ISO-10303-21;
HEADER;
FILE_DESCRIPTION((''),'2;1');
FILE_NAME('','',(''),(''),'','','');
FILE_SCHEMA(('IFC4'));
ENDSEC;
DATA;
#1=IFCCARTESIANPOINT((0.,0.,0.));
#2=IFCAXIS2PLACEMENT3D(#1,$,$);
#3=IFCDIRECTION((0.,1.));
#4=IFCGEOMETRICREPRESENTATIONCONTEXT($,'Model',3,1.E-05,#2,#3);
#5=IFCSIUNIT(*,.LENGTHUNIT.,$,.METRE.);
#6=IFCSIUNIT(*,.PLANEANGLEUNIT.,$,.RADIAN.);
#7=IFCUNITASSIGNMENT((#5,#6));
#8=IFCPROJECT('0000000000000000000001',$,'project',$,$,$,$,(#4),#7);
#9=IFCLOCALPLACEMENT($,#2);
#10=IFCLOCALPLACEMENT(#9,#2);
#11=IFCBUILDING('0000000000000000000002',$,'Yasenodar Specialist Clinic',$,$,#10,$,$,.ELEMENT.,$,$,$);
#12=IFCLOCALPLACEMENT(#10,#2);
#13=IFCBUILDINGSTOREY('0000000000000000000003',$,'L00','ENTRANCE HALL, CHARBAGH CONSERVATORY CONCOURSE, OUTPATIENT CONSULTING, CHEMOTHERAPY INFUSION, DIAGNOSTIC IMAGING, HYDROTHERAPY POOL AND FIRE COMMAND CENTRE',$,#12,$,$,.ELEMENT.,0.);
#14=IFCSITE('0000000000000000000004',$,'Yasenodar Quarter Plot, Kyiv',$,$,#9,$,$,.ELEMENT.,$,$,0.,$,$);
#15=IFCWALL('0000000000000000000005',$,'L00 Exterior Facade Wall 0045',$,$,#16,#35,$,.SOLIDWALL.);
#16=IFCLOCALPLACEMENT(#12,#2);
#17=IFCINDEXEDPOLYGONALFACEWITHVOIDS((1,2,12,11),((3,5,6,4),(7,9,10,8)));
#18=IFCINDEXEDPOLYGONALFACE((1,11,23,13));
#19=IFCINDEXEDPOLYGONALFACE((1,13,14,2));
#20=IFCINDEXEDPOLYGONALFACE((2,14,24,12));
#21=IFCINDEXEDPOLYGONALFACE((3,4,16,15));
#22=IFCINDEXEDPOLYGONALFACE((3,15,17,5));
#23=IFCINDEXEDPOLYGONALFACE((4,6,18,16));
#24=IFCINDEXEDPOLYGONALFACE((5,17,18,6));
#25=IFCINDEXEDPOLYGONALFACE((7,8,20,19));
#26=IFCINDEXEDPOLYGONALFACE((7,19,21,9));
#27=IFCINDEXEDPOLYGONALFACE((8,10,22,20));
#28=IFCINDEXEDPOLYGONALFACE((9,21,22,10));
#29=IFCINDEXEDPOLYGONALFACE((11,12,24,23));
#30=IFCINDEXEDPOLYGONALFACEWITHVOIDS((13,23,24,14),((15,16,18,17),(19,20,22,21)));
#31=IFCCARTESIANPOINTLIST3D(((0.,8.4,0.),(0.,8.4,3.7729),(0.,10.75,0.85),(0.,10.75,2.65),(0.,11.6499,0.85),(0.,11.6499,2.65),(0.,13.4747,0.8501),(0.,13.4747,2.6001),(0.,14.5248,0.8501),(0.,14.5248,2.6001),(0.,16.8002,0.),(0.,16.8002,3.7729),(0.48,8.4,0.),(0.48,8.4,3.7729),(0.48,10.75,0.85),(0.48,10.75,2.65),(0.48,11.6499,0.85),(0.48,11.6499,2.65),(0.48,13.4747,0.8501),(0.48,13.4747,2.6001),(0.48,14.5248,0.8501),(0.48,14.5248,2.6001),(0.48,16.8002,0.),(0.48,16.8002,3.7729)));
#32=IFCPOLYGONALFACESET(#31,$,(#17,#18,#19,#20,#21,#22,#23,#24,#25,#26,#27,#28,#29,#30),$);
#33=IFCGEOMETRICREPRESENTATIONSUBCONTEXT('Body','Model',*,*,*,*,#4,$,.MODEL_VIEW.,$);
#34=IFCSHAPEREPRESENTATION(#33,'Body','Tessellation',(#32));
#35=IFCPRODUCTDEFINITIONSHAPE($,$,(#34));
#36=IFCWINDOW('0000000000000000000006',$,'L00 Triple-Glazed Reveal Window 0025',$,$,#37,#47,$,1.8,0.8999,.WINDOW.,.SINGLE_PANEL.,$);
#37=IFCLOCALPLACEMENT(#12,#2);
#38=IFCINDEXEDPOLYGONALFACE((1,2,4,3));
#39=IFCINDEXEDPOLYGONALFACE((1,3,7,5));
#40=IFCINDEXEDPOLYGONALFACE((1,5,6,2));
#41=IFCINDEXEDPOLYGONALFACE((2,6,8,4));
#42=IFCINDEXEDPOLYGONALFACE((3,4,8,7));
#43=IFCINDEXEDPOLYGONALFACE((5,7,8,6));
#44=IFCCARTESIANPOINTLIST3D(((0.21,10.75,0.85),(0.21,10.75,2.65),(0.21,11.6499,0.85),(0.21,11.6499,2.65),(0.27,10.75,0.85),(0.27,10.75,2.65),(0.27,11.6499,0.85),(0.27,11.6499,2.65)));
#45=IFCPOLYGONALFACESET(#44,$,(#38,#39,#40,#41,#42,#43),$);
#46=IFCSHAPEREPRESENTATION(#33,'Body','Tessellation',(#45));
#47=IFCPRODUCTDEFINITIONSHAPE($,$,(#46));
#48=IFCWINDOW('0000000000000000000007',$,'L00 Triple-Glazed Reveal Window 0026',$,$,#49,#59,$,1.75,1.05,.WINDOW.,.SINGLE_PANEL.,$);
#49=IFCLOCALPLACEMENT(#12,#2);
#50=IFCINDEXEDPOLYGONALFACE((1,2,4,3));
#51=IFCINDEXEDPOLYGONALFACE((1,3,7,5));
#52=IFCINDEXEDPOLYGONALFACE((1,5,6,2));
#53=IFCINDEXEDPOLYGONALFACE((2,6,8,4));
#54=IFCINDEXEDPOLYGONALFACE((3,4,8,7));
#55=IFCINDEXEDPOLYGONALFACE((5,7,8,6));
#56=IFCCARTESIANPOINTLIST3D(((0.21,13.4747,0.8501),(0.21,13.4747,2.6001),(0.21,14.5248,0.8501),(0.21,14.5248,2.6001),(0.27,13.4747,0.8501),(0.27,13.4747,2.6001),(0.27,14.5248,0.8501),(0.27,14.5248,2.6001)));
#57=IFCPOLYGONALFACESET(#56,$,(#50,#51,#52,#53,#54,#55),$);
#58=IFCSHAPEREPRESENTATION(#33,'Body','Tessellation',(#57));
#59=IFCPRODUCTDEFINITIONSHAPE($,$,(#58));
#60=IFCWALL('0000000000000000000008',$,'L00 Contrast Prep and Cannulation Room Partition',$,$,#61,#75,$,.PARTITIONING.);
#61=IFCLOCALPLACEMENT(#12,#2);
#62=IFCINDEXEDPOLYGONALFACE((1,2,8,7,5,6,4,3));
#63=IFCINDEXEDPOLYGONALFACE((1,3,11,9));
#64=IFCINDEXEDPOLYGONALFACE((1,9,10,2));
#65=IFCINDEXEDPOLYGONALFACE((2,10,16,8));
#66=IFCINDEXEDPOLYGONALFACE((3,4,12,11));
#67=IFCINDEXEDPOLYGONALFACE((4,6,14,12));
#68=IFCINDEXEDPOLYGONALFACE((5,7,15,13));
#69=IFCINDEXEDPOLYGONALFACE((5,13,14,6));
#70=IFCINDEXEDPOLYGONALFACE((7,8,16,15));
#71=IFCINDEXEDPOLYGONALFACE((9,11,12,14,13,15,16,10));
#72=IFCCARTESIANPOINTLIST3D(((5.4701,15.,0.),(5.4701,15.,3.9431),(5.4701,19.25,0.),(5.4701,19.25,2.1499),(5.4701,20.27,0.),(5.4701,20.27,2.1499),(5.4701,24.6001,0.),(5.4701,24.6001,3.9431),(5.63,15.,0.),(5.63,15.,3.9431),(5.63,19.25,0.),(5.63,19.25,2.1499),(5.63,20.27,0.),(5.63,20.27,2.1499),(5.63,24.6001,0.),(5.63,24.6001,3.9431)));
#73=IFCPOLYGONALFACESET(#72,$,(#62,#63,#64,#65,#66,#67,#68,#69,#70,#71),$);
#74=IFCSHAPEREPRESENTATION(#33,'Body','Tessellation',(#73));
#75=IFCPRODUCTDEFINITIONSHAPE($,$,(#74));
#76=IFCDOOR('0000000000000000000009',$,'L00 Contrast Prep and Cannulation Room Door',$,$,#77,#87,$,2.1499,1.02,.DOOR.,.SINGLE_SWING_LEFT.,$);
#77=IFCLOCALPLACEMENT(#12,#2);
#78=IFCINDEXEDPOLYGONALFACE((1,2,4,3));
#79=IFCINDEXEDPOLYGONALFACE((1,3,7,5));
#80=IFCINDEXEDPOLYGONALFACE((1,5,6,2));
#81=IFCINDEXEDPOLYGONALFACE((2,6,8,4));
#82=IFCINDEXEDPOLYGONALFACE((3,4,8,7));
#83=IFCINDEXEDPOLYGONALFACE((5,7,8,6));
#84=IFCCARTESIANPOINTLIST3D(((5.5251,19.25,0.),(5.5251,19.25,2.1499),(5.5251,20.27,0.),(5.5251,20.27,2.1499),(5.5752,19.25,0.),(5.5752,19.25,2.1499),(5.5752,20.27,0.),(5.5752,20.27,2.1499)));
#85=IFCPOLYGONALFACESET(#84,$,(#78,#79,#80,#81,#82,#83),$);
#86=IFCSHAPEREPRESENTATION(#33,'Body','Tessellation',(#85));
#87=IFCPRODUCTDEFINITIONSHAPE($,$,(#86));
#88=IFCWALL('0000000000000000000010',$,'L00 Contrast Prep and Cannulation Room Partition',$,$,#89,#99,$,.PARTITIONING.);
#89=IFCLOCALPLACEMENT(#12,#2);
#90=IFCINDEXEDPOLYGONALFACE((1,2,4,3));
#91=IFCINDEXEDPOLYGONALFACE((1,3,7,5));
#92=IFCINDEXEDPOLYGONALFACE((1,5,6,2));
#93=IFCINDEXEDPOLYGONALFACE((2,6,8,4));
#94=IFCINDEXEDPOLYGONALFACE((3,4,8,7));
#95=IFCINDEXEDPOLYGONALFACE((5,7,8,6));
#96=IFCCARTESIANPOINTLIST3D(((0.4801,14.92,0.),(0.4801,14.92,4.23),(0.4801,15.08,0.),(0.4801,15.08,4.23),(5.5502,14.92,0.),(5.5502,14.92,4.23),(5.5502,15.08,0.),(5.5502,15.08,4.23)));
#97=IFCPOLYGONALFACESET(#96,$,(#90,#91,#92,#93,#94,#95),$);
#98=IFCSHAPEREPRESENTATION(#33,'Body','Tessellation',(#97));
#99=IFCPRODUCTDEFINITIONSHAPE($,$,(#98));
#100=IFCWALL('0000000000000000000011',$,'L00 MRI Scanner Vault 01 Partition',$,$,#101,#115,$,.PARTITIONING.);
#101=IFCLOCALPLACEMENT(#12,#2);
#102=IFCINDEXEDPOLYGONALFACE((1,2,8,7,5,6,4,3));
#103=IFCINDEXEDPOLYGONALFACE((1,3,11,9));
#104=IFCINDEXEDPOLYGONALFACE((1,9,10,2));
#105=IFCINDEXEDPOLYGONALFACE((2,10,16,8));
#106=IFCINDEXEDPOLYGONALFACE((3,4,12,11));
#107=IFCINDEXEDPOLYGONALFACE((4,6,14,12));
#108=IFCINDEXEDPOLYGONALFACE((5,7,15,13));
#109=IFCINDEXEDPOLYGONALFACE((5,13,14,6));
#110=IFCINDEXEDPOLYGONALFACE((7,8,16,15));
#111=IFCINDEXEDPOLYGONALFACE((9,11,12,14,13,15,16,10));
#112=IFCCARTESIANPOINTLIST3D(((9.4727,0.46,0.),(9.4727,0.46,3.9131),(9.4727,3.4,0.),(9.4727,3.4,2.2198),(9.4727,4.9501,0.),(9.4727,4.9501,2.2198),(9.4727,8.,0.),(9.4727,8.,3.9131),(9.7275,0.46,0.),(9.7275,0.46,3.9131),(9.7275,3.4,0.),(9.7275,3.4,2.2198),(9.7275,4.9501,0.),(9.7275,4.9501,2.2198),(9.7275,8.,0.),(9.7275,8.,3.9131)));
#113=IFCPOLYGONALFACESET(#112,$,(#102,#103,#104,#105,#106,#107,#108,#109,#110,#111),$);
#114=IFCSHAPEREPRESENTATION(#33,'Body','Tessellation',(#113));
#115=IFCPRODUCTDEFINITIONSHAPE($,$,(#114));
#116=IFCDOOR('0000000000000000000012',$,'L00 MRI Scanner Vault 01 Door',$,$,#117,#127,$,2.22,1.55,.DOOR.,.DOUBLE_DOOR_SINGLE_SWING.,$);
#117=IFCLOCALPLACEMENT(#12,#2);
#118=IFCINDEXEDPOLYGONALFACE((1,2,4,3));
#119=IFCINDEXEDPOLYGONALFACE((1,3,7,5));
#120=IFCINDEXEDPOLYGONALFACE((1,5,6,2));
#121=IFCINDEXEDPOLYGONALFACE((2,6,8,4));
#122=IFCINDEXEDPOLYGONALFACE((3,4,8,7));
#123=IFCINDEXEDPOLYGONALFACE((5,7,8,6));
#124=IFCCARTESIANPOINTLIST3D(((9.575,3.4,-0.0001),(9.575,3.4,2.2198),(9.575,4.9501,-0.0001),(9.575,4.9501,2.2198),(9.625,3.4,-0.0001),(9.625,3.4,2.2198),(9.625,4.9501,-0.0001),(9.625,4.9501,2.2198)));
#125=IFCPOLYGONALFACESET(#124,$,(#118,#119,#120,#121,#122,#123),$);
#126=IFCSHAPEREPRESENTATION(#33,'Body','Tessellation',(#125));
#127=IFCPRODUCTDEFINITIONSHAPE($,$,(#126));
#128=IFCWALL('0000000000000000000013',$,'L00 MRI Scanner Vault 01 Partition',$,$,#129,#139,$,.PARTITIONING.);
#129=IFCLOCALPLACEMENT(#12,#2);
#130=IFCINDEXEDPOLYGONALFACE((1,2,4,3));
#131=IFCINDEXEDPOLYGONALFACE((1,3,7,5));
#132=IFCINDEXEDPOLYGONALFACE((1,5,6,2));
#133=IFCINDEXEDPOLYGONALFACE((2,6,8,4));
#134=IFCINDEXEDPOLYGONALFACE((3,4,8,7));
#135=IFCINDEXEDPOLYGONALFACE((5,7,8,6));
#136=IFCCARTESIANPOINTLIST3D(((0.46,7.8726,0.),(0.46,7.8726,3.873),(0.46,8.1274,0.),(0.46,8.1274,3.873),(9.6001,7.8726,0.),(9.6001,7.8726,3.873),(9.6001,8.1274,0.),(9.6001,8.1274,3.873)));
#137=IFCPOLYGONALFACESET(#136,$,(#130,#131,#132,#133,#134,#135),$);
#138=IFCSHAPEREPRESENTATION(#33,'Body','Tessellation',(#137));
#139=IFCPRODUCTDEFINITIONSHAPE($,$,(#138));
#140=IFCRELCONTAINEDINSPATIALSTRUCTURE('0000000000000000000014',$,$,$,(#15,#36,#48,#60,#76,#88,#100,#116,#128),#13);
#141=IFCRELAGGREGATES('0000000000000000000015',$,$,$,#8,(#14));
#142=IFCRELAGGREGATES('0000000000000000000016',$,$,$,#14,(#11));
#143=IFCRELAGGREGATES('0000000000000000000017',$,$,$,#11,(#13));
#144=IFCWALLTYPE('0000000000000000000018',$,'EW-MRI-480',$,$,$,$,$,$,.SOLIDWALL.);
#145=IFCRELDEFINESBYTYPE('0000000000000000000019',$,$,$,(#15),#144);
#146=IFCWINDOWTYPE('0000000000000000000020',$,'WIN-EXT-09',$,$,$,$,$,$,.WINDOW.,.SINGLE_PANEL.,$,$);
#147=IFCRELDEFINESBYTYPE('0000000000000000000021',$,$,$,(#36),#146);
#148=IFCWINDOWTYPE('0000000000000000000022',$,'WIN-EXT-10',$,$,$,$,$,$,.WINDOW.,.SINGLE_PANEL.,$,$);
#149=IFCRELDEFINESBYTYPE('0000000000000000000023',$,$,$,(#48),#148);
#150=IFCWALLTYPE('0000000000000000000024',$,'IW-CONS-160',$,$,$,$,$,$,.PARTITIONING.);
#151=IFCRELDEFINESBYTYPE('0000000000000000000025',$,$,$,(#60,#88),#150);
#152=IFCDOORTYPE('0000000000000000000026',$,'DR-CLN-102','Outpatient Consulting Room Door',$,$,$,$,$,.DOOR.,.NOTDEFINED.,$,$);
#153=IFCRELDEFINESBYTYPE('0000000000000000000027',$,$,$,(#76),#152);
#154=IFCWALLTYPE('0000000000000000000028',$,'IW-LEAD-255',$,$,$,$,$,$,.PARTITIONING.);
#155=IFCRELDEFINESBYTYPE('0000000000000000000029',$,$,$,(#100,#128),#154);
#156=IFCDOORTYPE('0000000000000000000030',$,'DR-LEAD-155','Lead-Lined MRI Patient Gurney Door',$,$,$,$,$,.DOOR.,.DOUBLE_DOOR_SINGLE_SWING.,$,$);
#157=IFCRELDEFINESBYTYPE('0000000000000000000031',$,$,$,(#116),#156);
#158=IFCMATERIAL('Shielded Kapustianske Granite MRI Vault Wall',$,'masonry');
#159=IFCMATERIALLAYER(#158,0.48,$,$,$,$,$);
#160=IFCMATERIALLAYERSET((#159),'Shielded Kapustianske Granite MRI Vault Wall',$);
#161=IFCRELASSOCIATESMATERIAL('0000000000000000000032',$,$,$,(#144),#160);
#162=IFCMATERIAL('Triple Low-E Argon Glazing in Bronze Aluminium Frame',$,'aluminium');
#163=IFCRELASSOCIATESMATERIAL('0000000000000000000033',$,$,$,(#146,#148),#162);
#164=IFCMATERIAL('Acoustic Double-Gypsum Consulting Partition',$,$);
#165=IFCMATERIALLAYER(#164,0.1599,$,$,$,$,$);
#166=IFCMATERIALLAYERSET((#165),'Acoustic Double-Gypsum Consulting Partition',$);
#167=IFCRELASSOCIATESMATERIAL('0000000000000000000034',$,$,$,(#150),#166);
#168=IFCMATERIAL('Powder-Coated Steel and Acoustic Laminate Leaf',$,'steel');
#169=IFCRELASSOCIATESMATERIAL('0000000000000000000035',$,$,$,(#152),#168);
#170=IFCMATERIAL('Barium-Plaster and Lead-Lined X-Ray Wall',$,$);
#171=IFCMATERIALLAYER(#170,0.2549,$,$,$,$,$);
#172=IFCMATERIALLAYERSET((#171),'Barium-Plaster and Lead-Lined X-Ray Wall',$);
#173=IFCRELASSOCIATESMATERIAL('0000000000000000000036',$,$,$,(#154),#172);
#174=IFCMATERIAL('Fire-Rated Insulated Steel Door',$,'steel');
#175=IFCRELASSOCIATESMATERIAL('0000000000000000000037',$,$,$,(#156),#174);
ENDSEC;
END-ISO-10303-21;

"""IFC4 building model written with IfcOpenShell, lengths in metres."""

from ifc_helpers import new_model, si_unit, direction, frame, frame_2d, origin, place, context, subcontext, project, spatial, rectangle, extrude, material, layer, layer_set, type_object, element, fill, save


model = new_model("IFC4")

# Units and contexts
model_context = context("Model", 3, precision=1e-05, world=origin(), true_north=direction((0.0, 1.0)))
body_context = subcontext(model_context, "Body", "Model", "MODEL_VIEW")
ifc_project = project(units=[si_unit("LENGTHUNIT", "METRE"), si_unit("PLANEANGLEUNIT", "RADIAN")], contexts=[model_context])

# Site, building, storey
site_placement = place(None, origin())
site = spatial("IfcSite", under=ifc_project, at=site_placement, Name="Yasenodar Quarter Plot, Kyiv", CompositionType="ELEMENT", RefElevation=0.0)
building_placement = place(site_placement, origin())
building = spatial("IfcBuilding", under=site, at=building_placement, Name="Yasenodar Specialist Clinic", CompositionType="ELEMENT")
storey_placement = place(building_placement, origin())
storey = spatial("IfcBuildingStorey", under=building, at=storey_placement, Name="L00", Description="ENTRANCE HALL, CHARBAGH CONSERVATORY CONCOURSE, OUTPATIENT CONSULTING, CHEMOTHERAPY INFUSION, DIAGNOSTIC IMAGING, HYDROTHERAPY POOL AND FIRE COMMAND CENTRE", CompositionType="ELEMENT", Elevation=0.0)

# Shared definitions
ifc_material_1 = material(Name="Shielded Kapustianske Granite MRI Vault Wall", Category="masonry")
ifc_layer_1 = layer(ifc_material_1, 0.48)
ifc_layer_set_1 = layer_set([ifc_layer_1], Name="Shielded Kapustianske Granite MRI Vault Wall")
wall_type_1 = type_object("IfcWallType", Name="EW-MRI-480", PredefinedType="SOLIDWALL", material=ifc_layer_set_1)

# Wall, openings, windows
wall_1_placement = place(storey_placement, frame((0.24, 8.3999, 0.0), z_axis=(0.0, 0.0, 1.0), x_axis=(0.0, 1.0, 0.0)))
wall_1 = element("IfcWall", 1, at=wall_1_placement, inside=storey, type_object=wall_type_1, Name="L00 Exterior Facade Wall 0045", PredefinedType="SOLIDWALL", context=body_context, shape_type="SweptSolid", body=[
    extrude(rectangle(XDim=8.4001, YDim=0.48, at=frame_2d((4.2002, 0.0))), origin(), (0.0, 0.0, 1.0), 3.7729),
])
opening_1_placement = place(wall_1_placement, frame((2.3501, 0.0, 0.8501)))
opening_1 = element("IfcOpeningElement", 2, at=opening_1_placement, cuts=wall_1, PredefinedType="OPENING", context=body_context, shape_type="SweptSolid", body=[
    extrude(rectangle(XDim=0.8999, YDim=1.8, at=frame_2d((0.45, 0.8999))), frame((0.0, 0.25, 0.0), z_axis=(0.0, -1.0, 0.0), x_axis=(1.0, 0.0, 0.0)), (0.0, 0.0, 1.0), 0.5),
])
opening_2_placement = place(wall_1_placement, frame((5.075, 0.0, 0.8501)))
opening_2 = element("IfcOpeningElement", 3, at=opening_2_placement, cuts=wall_1, PredefinedType="OPENING", context=body_context, shape_type="SweptSolid", body=[
    extrude(rectangle(XDim=1.05, YDim=1.75, at=frame_2d((0.5249, 0.875))), frame((0.0, 0.25, 0.0), z_axis=(0.0, -1.0, 0.0), x_axis=(1.0, 0.0, 0.0)), (0.0, 0.0, 1.0), 0.5),
])
ifc_material_2 = material(Name="Triple Low-E Argon Glazing in Bronze Aluminium Frame", Category="aluminium")
window_type_1 = type_object("IfcWindowType", Name="WIN-EXT-09", PartitioningType="SINGLE_PANEL", PredefinedType="WINDOW", material=ifc_material_2)
window_1_placement = place(opening_1_placement, origin())
window_1 = element("IfcWindow", 4, at=window_1_placement, inside=storey, type_object=window_type_1, Name="L00 Triple-Glazed Reveal Window 0025", OverallHeight=1.8, OverallWidth=0.8999, PartitioningType="SINGLE_PANEL", PredefinedType="WINDOW", context=body_context, shape_type="SweptSolid", body=[
    extrude(rectangle(XDim=0.8999, YDim=1.8, at=frame_2d((0.45, 0.8999))), frame((0.0, 0.03, 0.0), z_axis=(0.0, -1.0, 0.0), x_axis=(1.0, 0.0, 0.0)), (0.0, 0.0, 1.0), 0.0601),
])
fill(opening_1, window_1)
window_type_2 = type_object("IfcWindowType", Name="WIN-EXT-10", PartitioningType="SINGLE_PANEL", PredefinedType="WINDOW", material=ifc_material_2)
window_2_placement = place(opening_2_placement, origin())
window_2 = element("IfcWindow", 5, at=window_2_placement, inside=storey, type_object=window_type_2, Name="L00 Triple-Glazed Reveal Window 0026", OverallHeight=1.75, OverallWidth=1.05, PartitioningType="SINGLE_PANEL", PredefinedType="WINDOW", context=body_context, shape_type="SweptSolid", body=[
    extrude(rectangle(XDim=1.05, YDim=1.75, at=frame_2d((0.5249, 0.875))), frame((0.0, 0.03, 0.0), z_axis=(0.0, -1.0, 0.0), x_axis=(1.0, 0.0, 0.0)), (0.0, 0.0, 1.0), 0.0601),
])
fill(opening_2, window_2)

# Wall, opening, door
ifc_material_3 = material(Name="Acoustic Double-Gypsum Consulting Partition")
ifc_layer_2 = layer(ifc_material_3, 0.1599)
ifc_layer_set_2 = layer_set([ifc_layer_2], Name="Acoustic Double-Gypsum Consulting Partition")
wall_type_2 = type_object("IfcWallType", Name="IW-CONS-160", PredefinedType="PARTITIONING", material=ifc_layer_set_2)
wall_2_placement = place(storey_placement, frame((5.55, 15.0, 0.0), z_axis=(0.0, 0.0, 1.0), x_axis=(0.0, 1.0, 0.0)))
wall_2 = element("IfcWall", 6, at=wall_2_placement, inside=storey, type_object=wall_type_2, Name="L00 Contrast Prep and Cannulation Room Partition", PredefinedType="PARTITIONING", context=body_context, shape_type="SweptSolid", body=[
    extrude(rectangle(XDim=9.6001, YDim=0.1599, at=frame_2d((4.8, 0.0))), origin(), (0.0, 0.0, 1.0), 3.9431),
])
opening_3_placement = place(wall_2_placement, frame((4.25, 0.0, 0.0)))
opening_3 = element("IfcOpeningElement", 7, at=opening_3_placement, cuts=wall_2, PredefinedType="OPENING", context=body_context, shape_type="SweptSolid", body=[
    extrude(rectangle(XDim=1.02, YDim=2.1499, at=frame_2d((0.51, 1.075))), frame((0.0, 0.0898, 0.0), z_axis=(0.0, -1.0, 0.0), x_axis=(1.0, 0.0, 0.0)), (0.0, 0.0, 1.0), 0.1799),
])
ifc_material_4 = material(Name="Powder-Coated Steel and Acoustic Laminate Leaf", Category="steel")
door_type_1 = type_object("IfcDoorType", Name="DR-CLN-102", Description="Outpatient Consulting Room Door", OperationType="NOTDEFINED", PredefinedType="DOOR", material=ifc_material_4)
door_1_placement = place(opening_3_placement, origin())
door_1 = element("IfcDoor", 8, at=door_1_placement, inside=storey, type_object=door_type_1, Name="L00 Contrast Prep and Cannulation Room Door", OperationType="SINGLE_SWING_LEFT", OverallHeight=2.1499, OverallWidth=1.02, PredefinedType="DOOR", context=body_context, shape_type="SweptSolid", body=[
    extrude(rectangle(XDim=1.02, YDim=2.1499, at=frame_2d((0.51, 1.075))), frame((0.0, 0.0249, 0.0), z_axis=(0.0, -1.0, 0.0), x_axis=(1.0, 0.0, 0.0)), (0.0, 0.0, 1.0), 0.05),
])
fill(opening_3, door_1)

# Wall
wall_3_placement = place(storey_placement, frame((0.48, 15.0, 0.0), z_axis=(0.0, 0.0, 1.0), x_axis=(1.0, 0.0, 0.0)))
element("IfcWall", 9, at=wall_3_placement, inside=storey, type_object=wall_type_2, Name="L00 Contrast Prep and Cannulation Room Partition", PredefinedType="PARTITIONING", context=body_context, shape_type="SweptSolid", body=[
    extrude(rectangle(XDim=5.0701, YDim=0.1599, at=frame_2d((2.5352, 0.0))), origin(), (0.0, 0.0, 1.0), 4.23),
])

# Wall, opening, door
ifc_material_5 = material(Name="Barium-Plaster and Lead-Lined X-Ray Wall")
ifc_layer_3 = layer(ifc_material_5, 0.2549)
ifc_layer_set_3 = layer_set([ifc_layer_3], Name="Barium-Plaster and Lead-Lined X-Ray Wall")
wall_type_3 = type_object("IfcWallType", Name="IW-LEAD-255", PredefinedType="PARTITIONING", material=ifc_layer_set_3)
wall_4_placement = place(storey_placement, frame((9.6001, 8.0, 0.0), z_axis=(0.0, 0.0, 1.0), x_axis=(0.0, -1.0, 0.0)))
wall_4 = element("IfcWall", 10, at=wall_4_placement, inside=storey, type_object=wall_type_3, Name="L00 MRI Scanner Vault 01 Partition", PredefinedType="PARTITIONING", context=body_context, shape_type="SweptSolid", body=[
    extrude(rectangle(XDim=7.54, YDim=0.2549, at=frame_2d((3.77, 0.0))), origin(), (0.0, 0.0, 1.0), 3.9131),
])
opening_4_placement = place(wall_4_placement, frame((3.05, 0.0, 0.0)))
opening_4 = element("IfcOpeningElement", 11, at=opening_4_placement, cuts=wall_4, PredefinedType="OPENING", context=body_context, shape_type="SweptSolid", body=[
    extrude(rectangle(XDim=1.55, YDim=2.22, at=frame_2d((0.7749, 1.1099))), frame((0.0, 0.1375, 0.0), z_axis=(0.0, -1.0, 0.0), x_axis=(1.0, 0.0, 0.0)), (0.0, 0.0, 1.0), 0.2749),
])
ifc_material_6 = material(Name="Fire-Rated Insulated Steel Door", Category="steel")
door_type_2 = type_object("IfcDoorType", Name="DR-LEAD-155", Description="Lead-Lined MRI Patient Gurney Door", OperationType="DOUBLE_DOOR_SINGLE_SWING", PredefinedType="DOOR", material=ifc_material_6)
door_2_placement = place(opening_4_placement, origin())
door_2 = element("IfcDoor", 12, at=door_2_placement, inside=storey, type_object=door_type_2, Name="L00 MRI Scanner Vault 01 Door", OperationType="DOUBLE_DOOR_SINGLE_SWING", OverallHeight=2.22, OverallWidth=1.55, PredefinedType="DOOR", context=body_context, shape_type="SweptSolid", body=[
    extrude(rectangle(XDim=1.55, YDim=2.22, at=frame_2d((0.7749, 1.1099))), frame((0.0, 0.0249, 0.0), z_axis=(0.0, -1.0, 0.0), x_axis=(1.0, 0.0, 0.0)), (0.0, 0.0, 1.0), 0.05),
])
fill(opening_4, door_2)

# Wall
wall_5_placement = place(storey_placement, frame((0.46, 8.0, 0.0), z_axis=(0.0, 0.0, 1.0), x_axis=(1.0, 0.0, 0.0)))
element("IfcWall", 13, at=wall_5_placement, inside=storey, type_object=wall_type_3, Name="L00 MRI Scanner Vault 01 Partition", PredefinedType="PARTITIONING", context=body_context, shape_type="SweptSolid", body=[
    extrude(rectangle(XDim=9.1401, YDim=0.2549, at=frame_2d((4.5701, 0.0))), origin(), (0.0, 0.0, 1.0), 3.873),
])

save(model, "model.ifc")
